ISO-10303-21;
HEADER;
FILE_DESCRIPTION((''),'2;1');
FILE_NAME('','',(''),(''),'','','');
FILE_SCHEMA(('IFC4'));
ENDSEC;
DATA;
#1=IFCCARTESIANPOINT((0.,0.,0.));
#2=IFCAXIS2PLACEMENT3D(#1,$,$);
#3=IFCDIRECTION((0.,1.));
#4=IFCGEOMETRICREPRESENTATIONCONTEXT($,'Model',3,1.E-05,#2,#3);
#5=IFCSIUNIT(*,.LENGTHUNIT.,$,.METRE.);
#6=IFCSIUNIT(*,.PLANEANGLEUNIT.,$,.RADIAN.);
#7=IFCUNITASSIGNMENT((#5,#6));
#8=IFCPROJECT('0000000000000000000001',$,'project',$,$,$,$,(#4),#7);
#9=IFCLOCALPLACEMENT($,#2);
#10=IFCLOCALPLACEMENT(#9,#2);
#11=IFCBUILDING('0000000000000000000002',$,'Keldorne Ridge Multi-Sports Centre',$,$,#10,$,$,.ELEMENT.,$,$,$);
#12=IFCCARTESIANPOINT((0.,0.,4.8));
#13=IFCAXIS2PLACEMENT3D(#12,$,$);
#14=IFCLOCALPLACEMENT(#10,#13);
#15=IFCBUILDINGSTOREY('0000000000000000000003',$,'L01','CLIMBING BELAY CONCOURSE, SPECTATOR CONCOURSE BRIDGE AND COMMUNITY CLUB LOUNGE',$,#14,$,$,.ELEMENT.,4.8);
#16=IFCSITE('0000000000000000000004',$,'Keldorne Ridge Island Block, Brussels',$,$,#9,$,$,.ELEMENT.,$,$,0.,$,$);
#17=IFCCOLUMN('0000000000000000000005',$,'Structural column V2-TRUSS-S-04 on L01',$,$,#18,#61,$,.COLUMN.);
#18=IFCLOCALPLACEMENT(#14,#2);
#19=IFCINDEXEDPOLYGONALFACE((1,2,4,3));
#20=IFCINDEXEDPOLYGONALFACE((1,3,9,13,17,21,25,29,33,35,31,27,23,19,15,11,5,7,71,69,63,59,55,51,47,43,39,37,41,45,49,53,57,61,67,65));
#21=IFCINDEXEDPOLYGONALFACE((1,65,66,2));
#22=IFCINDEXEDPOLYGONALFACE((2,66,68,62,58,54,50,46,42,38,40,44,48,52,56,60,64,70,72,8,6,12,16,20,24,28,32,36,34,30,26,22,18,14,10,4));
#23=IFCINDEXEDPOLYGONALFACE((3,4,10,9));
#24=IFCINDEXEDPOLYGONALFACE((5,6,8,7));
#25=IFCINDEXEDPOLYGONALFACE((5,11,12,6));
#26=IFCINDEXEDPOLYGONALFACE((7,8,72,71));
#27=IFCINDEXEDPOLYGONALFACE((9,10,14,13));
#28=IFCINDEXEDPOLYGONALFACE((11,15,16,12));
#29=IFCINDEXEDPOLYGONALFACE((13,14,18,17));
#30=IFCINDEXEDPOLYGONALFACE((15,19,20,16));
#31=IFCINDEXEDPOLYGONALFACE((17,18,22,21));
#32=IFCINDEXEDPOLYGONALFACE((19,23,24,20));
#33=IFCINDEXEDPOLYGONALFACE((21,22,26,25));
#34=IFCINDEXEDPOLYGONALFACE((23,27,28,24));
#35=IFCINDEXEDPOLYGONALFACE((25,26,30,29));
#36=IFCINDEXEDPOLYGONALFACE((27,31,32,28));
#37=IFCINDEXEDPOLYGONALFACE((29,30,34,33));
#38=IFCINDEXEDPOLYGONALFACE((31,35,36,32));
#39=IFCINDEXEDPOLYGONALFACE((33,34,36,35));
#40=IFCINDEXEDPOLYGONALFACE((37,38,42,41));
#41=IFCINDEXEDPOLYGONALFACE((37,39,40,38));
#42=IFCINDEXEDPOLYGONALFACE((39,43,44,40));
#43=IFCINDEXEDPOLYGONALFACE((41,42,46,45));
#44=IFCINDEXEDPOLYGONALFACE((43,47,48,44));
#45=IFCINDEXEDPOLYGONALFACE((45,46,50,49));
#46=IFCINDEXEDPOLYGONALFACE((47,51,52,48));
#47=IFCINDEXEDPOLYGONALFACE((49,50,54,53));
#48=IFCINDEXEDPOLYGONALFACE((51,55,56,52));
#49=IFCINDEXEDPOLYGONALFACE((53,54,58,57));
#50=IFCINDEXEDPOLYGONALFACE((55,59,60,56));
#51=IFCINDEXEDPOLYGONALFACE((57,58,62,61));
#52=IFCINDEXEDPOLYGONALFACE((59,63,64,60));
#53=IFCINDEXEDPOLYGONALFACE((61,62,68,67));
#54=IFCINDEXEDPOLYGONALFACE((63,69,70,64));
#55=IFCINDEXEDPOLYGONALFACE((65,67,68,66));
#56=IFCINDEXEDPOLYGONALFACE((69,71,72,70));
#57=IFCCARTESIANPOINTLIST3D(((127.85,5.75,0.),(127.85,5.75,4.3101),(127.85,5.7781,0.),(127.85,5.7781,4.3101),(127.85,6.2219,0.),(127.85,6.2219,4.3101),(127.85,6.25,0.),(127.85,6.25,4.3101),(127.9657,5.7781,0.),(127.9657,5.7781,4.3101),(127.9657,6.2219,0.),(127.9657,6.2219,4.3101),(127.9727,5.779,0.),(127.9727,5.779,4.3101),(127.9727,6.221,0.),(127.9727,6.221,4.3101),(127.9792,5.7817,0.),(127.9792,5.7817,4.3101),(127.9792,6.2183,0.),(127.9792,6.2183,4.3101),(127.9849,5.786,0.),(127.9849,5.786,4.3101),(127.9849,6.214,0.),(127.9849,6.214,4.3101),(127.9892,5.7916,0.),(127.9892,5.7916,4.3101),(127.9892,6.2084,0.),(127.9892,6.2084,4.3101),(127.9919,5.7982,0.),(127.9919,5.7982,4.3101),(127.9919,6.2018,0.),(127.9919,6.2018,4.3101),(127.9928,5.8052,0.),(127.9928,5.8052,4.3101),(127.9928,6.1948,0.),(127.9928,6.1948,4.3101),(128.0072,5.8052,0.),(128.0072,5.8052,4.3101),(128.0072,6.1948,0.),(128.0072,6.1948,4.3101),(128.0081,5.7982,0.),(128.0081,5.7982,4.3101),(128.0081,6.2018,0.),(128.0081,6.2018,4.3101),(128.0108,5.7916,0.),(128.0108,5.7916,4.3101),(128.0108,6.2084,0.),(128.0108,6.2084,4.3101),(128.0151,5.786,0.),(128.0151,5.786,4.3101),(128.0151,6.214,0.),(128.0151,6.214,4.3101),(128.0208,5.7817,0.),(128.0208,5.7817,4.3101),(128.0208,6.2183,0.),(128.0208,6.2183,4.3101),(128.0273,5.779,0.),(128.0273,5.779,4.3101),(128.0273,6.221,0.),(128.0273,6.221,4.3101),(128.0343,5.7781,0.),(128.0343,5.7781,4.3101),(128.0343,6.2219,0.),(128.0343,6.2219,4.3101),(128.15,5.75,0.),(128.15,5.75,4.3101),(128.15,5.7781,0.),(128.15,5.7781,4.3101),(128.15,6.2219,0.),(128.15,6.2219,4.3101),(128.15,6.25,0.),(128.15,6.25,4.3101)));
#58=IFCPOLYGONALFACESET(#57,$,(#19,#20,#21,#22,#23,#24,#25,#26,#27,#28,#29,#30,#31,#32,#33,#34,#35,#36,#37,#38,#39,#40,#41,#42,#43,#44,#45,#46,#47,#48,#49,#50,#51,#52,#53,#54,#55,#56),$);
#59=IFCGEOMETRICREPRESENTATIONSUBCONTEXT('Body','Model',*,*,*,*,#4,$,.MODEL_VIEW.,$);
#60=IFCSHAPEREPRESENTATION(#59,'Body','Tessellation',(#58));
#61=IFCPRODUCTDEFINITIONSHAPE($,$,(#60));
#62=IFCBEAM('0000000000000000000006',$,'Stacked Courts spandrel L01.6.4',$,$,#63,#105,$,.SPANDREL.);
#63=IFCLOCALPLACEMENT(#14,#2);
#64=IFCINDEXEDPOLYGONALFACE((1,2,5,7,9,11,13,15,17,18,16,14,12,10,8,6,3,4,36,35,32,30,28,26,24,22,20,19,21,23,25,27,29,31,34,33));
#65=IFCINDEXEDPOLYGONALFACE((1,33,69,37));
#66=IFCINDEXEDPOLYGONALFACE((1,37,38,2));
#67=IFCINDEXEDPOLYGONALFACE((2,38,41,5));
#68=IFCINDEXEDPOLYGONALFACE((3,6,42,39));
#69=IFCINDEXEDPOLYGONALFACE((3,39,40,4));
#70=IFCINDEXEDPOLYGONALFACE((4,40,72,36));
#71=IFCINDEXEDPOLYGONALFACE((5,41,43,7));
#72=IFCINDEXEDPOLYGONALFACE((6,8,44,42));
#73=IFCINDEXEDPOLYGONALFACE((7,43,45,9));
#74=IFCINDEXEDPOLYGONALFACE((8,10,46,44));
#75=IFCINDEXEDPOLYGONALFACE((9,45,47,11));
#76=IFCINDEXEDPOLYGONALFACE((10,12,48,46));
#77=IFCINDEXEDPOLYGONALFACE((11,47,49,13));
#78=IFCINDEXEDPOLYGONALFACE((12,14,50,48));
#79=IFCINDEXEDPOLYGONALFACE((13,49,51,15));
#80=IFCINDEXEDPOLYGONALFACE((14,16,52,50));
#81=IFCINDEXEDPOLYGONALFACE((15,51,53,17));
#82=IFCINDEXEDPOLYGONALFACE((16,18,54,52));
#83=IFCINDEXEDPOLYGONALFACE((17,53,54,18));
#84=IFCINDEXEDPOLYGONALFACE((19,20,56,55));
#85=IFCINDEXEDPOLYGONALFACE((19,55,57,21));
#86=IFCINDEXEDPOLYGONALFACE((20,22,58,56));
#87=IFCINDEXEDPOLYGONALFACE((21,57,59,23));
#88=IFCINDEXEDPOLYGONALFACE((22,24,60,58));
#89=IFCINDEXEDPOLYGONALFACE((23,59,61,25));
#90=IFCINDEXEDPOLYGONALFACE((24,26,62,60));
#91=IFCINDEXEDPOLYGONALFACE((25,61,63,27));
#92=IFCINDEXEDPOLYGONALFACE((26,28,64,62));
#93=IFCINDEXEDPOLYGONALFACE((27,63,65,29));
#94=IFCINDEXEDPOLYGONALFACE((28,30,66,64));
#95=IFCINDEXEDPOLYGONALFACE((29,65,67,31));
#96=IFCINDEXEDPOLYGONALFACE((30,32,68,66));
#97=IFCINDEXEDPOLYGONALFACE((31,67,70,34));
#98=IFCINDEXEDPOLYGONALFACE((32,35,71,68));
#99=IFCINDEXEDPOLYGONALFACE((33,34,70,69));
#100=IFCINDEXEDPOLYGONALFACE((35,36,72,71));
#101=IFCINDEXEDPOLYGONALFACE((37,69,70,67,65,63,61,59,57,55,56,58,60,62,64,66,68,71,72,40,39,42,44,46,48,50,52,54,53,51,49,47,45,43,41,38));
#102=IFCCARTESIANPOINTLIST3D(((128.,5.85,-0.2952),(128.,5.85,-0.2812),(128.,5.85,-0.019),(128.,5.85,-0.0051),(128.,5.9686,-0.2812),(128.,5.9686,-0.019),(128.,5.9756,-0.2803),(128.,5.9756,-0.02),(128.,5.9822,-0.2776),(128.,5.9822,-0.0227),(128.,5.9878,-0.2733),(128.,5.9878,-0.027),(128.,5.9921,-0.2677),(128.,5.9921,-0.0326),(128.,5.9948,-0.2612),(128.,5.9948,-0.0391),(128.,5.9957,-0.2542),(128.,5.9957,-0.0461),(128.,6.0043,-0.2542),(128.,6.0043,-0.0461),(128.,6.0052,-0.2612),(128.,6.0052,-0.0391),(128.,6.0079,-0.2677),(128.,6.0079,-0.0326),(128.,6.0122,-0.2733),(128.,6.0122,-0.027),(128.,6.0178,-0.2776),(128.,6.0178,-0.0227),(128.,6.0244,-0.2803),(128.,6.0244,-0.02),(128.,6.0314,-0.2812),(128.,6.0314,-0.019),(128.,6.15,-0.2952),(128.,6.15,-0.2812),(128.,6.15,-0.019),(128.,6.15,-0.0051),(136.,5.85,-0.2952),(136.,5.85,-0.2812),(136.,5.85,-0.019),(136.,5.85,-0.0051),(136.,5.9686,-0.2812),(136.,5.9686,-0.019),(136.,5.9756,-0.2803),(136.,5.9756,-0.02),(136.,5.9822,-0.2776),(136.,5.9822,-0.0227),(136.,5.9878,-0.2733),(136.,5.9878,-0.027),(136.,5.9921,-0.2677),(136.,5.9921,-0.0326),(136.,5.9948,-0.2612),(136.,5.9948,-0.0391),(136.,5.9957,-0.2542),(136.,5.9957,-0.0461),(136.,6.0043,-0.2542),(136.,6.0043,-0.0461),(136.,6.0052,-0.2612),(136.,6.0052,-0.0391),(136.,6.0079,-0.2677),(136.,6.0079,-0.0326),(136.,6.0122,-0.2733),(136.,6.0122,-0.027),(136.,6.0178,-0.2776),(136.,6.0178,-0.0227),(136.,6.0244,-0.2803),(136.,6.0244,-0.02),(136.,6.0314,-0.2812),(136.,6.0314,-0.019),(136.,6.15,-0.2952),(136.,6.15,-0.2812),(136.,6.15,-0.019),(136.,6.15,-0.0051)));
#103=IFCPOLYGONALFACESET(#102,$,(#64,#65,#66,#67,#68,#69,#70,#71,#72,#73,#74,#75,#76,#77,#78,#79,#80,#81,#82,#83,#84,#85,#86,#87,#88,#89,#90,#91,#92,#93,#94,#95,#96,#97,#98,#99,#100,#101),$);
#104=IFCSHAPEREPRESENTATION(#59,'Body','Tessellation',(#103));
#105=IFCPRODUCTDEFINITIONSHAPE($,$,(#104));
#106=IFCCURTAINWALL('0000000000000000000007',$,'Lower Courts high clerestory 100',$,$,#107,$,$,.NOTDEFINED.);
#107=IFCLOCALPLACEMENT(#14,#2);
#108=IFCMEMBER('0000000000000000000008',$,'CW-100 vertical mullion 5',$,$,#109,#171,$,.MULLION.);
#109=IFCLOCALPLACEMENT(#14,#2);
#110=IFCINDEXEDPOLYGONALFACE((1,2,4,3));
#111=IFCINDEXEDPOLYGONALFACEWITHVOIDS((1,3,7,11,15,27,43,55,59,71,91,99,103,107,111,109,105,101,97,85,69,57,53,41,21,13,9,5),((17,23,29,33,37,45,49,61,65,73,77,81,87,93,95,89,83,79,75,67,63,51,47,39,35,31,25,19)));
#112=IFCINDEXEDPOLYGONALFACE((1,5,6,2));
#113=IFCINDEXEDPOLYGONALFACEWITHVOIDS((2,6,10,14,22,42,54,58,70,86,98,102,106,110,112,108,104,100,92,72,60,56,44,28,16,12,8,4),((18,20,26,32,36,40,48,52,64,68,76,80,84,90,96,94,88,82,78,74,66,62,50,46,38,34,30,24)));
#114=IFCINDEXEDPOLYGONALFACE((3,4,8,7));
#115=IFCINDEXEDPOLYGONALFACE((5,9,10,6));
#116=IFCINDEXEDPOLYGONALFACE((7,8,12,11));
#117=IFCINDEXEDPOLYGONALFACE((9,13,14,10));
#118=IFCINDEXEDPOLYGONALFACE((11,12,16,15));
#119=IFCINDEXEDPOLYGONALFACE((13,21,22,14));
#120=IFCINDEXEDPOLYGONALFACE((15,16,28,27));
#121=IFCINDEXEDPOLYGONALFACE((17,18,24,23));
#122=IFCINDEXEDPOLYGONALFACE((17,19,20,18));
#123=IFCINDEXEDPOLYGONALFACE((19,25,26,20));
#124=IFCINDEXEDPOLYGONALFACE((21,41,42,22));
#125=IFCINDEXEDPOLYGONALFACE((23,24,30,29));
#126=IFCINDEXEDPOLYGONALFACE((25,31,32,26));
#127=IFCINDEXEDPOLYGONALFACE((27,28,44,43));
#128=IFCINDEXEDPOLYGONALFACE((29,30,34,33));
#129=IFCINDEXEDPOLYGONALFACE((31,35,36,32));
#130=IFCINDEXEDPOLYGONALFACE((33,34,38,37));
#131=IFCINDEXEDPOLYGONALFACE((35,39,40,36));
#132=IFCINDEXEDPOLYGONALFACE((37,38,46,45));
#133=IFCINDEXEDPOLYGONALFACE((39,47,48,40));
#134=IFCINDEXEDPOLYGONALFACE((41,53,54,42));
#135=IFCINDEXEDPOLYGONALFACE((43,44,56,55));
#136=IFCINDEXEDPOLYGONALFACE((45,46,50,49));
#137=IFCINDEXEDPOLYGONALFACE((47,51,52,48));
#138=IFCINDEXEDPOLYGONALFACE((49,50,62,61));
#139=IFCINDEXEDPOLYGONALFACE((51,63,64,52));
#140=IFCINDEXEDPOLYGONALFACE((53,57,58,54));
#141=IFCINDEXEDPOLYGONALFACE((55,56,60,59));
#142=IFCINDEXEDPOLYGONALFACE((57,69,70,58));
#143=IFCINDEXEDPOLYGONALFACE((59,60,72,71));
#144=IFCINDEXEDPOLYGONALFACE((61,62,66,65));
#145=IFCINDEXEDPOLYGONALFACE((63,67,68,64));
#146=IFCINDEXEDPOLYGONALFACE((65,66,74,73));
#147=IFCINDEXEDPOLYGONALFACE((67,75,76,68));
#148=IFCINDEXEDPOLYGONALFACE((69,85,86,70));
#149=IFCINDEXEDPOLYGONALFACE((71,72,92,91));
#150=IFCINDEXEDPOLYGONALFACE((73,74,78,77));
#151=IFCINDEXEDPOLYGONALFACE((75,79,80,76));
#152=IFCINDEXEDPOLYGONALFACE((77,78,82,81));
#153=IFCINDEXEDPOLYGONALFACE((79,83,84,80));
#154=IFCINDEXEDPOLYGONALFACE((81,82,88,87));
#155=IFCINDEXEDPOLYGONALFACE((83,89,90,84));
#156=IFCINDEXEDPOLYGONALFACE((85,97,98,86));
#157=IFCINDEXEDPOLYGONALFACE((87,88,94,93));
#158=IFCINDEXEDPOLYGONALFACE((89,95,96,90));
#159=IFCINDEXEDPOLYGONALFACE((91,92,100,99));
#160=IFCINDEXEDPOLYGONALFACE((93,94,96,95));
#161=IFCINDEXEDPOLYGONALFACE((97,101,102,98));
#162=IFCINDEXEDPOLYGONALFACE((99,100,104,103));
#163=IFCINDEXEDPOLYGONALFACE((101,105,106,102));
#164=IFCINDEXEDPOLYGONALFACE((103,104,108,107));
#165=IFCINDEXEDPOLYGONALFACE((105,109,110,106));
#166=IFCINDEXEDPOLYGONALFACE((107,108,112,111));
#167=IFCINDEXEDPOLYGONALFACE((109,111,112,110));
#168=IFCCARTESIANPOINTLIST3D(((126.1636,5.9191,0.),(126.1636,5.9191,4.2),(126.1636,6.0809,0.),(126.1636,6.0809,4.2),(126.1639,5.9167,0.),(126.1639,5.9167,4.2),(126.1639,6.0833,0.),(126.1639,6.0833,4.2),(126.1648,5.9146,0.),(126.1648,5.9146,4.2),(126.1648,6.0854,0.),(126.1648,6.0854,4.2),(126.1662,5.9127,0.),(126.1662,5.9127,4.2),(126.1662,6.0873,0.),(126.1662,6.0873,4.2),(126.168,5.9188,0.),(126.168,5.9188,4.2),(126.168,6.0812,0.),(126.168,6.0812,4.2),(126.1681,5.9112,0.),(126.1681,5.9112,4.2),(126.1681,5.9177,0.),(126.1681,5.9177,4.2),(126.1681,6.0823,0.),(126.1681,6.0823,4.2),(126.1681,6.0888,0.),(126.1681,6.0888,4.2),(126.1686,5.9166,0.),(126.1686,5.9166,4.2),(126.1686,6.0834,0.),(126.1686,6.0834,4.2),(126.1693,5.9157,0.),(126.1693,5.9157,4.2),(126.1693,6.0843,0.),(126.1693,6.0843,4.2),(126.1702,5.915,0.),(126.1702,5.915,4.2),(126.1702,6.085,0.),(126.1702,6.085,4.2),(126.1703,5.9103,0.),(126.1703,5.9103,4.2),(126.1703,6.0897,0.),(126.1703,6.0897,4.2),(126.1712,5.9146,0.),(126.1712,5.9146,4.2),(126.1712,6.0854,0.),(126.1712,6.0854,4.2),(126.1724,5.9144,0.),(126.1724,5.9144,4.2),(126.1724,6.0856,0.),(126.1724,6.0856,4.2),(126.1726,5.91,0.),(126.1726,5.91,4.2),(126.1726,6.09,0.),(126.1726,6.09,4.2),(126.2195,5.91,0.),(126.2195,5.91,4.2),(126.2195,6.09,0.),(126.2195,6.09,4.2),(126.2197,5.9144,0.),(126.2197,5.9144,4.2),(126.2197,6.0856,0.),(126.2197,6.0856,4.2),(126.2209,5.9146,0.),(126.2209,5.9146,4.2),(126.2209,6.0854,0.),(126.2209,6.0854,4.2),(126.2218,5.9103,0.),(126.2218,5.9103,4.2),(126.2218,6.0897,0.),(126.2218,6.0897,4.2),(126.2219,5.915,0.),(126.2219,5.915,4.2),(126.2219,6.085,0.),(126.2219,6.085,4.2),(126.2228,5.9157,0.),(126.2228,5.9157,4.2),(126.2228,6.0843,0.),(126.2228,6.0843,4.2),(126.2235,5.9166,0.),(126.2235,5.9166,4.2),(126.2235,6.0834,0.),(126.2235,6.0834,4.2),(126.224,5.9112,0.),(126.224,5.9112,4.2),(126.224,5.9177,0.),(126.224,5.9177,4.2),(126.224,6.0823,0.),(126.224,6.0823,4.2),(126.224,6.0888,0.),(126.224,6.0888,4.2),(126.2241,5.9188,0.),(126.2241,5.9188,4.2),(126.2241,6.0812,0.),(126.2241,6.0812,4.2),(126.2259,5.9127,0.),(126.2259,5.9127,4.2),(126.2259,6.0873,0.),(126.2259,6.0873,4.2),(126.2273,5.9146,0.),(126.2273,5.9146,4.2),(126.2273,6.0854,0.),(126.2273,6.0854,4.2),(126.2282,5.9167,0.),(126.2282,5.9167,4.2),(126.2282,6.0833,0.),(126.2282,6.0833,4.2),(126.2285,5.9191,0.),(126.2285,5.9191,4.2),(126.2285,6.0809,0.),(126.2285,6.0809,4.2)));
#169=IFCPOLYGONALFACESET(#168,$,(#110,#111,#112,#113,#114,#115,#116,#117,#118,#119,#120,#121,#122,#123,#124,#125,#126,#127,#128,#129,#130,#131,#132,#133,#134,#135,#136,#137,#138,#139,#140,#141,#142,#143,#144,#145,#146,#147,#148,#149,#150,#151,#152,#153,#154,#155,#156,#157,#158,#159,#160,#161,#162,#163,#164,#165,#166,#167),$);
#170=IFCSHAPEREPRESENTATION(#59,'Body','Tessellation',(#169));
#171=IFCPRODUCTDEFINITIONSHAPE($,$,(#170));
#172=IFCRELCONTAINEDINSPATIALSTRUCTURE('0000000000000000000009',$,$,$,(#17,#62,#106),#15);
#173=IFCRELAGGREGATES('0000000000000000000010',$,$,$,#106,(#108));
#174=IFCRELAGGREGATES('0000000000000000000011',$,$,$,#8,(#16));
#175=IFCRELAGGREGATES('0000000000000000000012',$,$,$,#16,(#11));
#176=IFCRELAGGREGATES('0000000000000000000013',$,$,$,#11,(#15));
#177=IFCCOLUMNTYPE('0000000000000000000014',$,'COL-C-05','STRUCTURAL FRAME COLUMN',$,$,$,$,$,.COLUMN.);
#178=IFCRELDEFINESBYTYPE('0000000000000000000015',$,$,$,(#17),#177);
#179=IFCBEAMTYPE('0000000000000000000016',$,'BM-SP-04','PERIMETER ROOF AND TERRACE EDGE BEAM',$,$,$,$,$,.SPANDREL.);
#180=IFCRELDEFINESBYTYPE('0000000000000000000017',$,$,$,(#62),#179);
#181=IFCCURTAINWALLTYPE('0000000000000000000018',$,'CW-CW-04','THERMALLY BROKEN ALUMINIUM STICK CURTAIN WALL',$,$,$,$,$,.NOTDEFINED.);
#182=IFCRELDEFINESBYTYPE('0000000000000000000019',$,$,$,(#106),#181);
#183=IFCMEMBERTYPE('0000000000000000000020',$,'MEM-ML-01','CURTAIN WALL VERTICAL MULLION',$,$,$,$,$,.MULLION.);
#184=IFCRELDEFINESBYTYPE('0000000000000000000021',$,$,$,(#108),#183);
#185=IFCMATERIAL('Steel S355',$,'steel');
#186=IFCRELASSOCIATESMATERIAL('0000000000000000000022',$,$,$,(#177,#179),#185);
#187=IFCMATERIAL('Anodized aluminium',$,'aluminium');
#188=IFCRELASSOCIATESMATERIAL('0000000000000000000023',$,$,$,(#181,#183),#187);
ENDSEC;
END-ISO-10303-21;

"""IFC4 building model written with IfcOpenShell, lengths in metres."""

from ifc_helpers import new_model, si_unit, direction, frame, origin, origin_2d, place, context, subcontext, project, spatial, hollow_rectangle, i_section, extrude, material, material_profile, profile_set, type_object, element, aggregate, save


model = new_model("IFC4")

# Units and contexts
model_context = context("Model", 3, precision=1e-05, world=origin(), true_north=direction((0.0, 1.0)))
body_context = subcontext(model_context, "Body", "Model", "MODEL_VIEW")
ifc_project = project(units=[si_unit("LENGTHUNIT", "METRE"), si_unit("PLANEANGLEUNIT", "RADIAN")], contexts=[model_context])

# Site, building, storey
site_placement = place(None, origin())
site = spatial("IfcSite", under=ifc_project, at=site_placement, Name="Keldorne Ridge Island Block, Brussels", CompositionType="ELEMENT", RefElevation=0.0)
building_placement = place(site_placement, origin())
building = spatial("IfcBuilding", under=site, at=building_placement, Name="Keldorne Ridge Multi-Sports Centre", CompositionType="ELEMENT")
storey_placement = place(building_placement, frame((0.0, 0.0, 4.8)))
storey = spatial("IfcBuildingStorey", under=building, at=storey_placement, Name="L01", Description="CLIMBING BELAY CONCOURSE, SPECTATOR CONCOURSE BRIDGE AND COMMUNITY CLUB LOUNGE", CompositionType="ELEMENT", Elevation=4.8)

# Column
ifc_material_1 = material(Name="Steel S355", Category="steel")
ifc_material_profile_1 = material_profile(ifc_material_1, i_section(OverallWidth=0.3, OverallDepth=0.5, WebThickness=0.0144, FlangeThickness=0.0281, FilletRadius=0.0271, at=origin_2d()), Name="HEB 500")
ifc_profile_set_1 = profile_set([ifc_material_profile_1], Name="Steel S355")
column_type = type_object("IfcColumnType", Name="COL-C-05", Description="STRUCTURAL FRAME COLUMN", PredefinedType="COLUMN", material=ifc_profile_set_1)
column_placement = place(storey_placement, frame((128.0, 6.0, 0.0), z_axis=(0.0, 0.0, 1.0), x_axis=(1.0, 0.0, 0.0)))
element("IfcColumn", 1, at=column_placement, inside=storey, type_object=column_type, Name="Structural column V2-TRUSS-S-04 on L01", PredefinedType="COLUMN", context=body_context, shape_type="SweptSolid", body=[
    extrude(i_section(OverallWidth=0.3, OverallDepth=0.5, WebThickness=0.0144, FlangeThickness=0.0281, FilletRadius=0.0271, at=origin_2d()), origin(), (0.0, 0.0, 1.0), 4.3101),
])

# Beam
ifc_material_profile_2 = material_profile(ifc_material_1, i_section(OverallWidth=0.3, OverallDepth=0.29, WebThickness=0.0085, FlangeThickness=0.0139, FilletRadius=0.0271, at=origin_2d()), Name="HEA 300")
ifc_profile_set_2 = profile_set([ifc_material_profile_2], Name="Steel S355")
beam_type = type_object("IfcBeamType", Name="BM-SP-04", Description="PERIMETER ROOF AND TERRACE EDGE BEAM", PredefinedType="SPANDREL", material=ifc_profile_set_2)
beam_placement = place(storey_placement, frame((128.0, 6.0, -0.1501), z_axis=(1.0, 0.0, 0.0), x_axis=(0.0, 1.0, 0.0)))
element("IfcBeam", 2, at=beam_placement, inside=storey, type_object=beam_type, Name="Stacked Courts spandrel L01.6.4", PredefinedType="SPANDREL", context=body_context, shape_type="SweptSolid", body=[
    extrude(i_section(OverallWidth=0.3, OverallDepth=0.29, WebThickness=0.0085, FlangeThickness=0.0139, FilletRadius=0.0271, at=origin_2d()), origin(), (0.0, 0.0, 1.0), 8.0),
])

# Curtain wall, member
ifc_material_2 = material(Name="Anodized aluminium", Category="aluminium")
curtain_wall_type = type_object("IfcCurtainWallType", Name="CW-CW-04", Description="THERMALLY BROKEN ALUMINIUM STICK CURTAIN WALL", PredefinedType="NOTDEFINED", material=ifc_material_2)
curtain_wall_placement = place(storey_placement, origin())
curtain_wall = element("IfcCurtainWall", 3, at=curtain_wall_placement, inside=storey, type_object=curtain_wall_type, Name="Lower Courts high clerestory 100", PredefinedType="NOTDEFINED")
ifc_material_profile_3 = material_profile(ifc_material_2, hollow_rectangle(XDim=0.0649, YDim=0.1799, WallThickness=0.0044, InnerFilletRadius=0.0044, OuterFilletRadius=0.009, at=origin_2d()), Name="ALU MULLION 180x65x4.5")
ifc_profile_set_3 = profile_set([ifc_material_profile_3], Name="Anodized aluminium")
member_type_1 = type_object("IfcMemberType", Name="MEM-ML-01", Description="CURTAIN WALL VERTICAL MULLION", PredefinedType="MULLION", material=ifc_profile_set_3)
member_1_placement = place(storey_placement, frame((126.196, 6.0, 0.0), z_axis=(0.0, 0.0, 1.0), x_axis=(1.0, 0.0, 0.0)))
member_1 = element("IfcMember", 4, at=member_1_placement, type_object=member_type_1, Name="CW-100 vertical mullion 5", PredefinedType="MULLION", context=body_context, shape_type="SweptSolid", body=[
    extrude(hollow_rectangle(XDim=0.0649, YDim=0.1799, WallThickness=0.0044, InnerFilletRadius=0.0044, OuterFilletRadius=0.009, at=origin_2d()), origin(), (0.0, 0.0, 1.0), 4.2),
])

aggregate(curtain_wall, [member_1])

save(model, "model.ifc")
